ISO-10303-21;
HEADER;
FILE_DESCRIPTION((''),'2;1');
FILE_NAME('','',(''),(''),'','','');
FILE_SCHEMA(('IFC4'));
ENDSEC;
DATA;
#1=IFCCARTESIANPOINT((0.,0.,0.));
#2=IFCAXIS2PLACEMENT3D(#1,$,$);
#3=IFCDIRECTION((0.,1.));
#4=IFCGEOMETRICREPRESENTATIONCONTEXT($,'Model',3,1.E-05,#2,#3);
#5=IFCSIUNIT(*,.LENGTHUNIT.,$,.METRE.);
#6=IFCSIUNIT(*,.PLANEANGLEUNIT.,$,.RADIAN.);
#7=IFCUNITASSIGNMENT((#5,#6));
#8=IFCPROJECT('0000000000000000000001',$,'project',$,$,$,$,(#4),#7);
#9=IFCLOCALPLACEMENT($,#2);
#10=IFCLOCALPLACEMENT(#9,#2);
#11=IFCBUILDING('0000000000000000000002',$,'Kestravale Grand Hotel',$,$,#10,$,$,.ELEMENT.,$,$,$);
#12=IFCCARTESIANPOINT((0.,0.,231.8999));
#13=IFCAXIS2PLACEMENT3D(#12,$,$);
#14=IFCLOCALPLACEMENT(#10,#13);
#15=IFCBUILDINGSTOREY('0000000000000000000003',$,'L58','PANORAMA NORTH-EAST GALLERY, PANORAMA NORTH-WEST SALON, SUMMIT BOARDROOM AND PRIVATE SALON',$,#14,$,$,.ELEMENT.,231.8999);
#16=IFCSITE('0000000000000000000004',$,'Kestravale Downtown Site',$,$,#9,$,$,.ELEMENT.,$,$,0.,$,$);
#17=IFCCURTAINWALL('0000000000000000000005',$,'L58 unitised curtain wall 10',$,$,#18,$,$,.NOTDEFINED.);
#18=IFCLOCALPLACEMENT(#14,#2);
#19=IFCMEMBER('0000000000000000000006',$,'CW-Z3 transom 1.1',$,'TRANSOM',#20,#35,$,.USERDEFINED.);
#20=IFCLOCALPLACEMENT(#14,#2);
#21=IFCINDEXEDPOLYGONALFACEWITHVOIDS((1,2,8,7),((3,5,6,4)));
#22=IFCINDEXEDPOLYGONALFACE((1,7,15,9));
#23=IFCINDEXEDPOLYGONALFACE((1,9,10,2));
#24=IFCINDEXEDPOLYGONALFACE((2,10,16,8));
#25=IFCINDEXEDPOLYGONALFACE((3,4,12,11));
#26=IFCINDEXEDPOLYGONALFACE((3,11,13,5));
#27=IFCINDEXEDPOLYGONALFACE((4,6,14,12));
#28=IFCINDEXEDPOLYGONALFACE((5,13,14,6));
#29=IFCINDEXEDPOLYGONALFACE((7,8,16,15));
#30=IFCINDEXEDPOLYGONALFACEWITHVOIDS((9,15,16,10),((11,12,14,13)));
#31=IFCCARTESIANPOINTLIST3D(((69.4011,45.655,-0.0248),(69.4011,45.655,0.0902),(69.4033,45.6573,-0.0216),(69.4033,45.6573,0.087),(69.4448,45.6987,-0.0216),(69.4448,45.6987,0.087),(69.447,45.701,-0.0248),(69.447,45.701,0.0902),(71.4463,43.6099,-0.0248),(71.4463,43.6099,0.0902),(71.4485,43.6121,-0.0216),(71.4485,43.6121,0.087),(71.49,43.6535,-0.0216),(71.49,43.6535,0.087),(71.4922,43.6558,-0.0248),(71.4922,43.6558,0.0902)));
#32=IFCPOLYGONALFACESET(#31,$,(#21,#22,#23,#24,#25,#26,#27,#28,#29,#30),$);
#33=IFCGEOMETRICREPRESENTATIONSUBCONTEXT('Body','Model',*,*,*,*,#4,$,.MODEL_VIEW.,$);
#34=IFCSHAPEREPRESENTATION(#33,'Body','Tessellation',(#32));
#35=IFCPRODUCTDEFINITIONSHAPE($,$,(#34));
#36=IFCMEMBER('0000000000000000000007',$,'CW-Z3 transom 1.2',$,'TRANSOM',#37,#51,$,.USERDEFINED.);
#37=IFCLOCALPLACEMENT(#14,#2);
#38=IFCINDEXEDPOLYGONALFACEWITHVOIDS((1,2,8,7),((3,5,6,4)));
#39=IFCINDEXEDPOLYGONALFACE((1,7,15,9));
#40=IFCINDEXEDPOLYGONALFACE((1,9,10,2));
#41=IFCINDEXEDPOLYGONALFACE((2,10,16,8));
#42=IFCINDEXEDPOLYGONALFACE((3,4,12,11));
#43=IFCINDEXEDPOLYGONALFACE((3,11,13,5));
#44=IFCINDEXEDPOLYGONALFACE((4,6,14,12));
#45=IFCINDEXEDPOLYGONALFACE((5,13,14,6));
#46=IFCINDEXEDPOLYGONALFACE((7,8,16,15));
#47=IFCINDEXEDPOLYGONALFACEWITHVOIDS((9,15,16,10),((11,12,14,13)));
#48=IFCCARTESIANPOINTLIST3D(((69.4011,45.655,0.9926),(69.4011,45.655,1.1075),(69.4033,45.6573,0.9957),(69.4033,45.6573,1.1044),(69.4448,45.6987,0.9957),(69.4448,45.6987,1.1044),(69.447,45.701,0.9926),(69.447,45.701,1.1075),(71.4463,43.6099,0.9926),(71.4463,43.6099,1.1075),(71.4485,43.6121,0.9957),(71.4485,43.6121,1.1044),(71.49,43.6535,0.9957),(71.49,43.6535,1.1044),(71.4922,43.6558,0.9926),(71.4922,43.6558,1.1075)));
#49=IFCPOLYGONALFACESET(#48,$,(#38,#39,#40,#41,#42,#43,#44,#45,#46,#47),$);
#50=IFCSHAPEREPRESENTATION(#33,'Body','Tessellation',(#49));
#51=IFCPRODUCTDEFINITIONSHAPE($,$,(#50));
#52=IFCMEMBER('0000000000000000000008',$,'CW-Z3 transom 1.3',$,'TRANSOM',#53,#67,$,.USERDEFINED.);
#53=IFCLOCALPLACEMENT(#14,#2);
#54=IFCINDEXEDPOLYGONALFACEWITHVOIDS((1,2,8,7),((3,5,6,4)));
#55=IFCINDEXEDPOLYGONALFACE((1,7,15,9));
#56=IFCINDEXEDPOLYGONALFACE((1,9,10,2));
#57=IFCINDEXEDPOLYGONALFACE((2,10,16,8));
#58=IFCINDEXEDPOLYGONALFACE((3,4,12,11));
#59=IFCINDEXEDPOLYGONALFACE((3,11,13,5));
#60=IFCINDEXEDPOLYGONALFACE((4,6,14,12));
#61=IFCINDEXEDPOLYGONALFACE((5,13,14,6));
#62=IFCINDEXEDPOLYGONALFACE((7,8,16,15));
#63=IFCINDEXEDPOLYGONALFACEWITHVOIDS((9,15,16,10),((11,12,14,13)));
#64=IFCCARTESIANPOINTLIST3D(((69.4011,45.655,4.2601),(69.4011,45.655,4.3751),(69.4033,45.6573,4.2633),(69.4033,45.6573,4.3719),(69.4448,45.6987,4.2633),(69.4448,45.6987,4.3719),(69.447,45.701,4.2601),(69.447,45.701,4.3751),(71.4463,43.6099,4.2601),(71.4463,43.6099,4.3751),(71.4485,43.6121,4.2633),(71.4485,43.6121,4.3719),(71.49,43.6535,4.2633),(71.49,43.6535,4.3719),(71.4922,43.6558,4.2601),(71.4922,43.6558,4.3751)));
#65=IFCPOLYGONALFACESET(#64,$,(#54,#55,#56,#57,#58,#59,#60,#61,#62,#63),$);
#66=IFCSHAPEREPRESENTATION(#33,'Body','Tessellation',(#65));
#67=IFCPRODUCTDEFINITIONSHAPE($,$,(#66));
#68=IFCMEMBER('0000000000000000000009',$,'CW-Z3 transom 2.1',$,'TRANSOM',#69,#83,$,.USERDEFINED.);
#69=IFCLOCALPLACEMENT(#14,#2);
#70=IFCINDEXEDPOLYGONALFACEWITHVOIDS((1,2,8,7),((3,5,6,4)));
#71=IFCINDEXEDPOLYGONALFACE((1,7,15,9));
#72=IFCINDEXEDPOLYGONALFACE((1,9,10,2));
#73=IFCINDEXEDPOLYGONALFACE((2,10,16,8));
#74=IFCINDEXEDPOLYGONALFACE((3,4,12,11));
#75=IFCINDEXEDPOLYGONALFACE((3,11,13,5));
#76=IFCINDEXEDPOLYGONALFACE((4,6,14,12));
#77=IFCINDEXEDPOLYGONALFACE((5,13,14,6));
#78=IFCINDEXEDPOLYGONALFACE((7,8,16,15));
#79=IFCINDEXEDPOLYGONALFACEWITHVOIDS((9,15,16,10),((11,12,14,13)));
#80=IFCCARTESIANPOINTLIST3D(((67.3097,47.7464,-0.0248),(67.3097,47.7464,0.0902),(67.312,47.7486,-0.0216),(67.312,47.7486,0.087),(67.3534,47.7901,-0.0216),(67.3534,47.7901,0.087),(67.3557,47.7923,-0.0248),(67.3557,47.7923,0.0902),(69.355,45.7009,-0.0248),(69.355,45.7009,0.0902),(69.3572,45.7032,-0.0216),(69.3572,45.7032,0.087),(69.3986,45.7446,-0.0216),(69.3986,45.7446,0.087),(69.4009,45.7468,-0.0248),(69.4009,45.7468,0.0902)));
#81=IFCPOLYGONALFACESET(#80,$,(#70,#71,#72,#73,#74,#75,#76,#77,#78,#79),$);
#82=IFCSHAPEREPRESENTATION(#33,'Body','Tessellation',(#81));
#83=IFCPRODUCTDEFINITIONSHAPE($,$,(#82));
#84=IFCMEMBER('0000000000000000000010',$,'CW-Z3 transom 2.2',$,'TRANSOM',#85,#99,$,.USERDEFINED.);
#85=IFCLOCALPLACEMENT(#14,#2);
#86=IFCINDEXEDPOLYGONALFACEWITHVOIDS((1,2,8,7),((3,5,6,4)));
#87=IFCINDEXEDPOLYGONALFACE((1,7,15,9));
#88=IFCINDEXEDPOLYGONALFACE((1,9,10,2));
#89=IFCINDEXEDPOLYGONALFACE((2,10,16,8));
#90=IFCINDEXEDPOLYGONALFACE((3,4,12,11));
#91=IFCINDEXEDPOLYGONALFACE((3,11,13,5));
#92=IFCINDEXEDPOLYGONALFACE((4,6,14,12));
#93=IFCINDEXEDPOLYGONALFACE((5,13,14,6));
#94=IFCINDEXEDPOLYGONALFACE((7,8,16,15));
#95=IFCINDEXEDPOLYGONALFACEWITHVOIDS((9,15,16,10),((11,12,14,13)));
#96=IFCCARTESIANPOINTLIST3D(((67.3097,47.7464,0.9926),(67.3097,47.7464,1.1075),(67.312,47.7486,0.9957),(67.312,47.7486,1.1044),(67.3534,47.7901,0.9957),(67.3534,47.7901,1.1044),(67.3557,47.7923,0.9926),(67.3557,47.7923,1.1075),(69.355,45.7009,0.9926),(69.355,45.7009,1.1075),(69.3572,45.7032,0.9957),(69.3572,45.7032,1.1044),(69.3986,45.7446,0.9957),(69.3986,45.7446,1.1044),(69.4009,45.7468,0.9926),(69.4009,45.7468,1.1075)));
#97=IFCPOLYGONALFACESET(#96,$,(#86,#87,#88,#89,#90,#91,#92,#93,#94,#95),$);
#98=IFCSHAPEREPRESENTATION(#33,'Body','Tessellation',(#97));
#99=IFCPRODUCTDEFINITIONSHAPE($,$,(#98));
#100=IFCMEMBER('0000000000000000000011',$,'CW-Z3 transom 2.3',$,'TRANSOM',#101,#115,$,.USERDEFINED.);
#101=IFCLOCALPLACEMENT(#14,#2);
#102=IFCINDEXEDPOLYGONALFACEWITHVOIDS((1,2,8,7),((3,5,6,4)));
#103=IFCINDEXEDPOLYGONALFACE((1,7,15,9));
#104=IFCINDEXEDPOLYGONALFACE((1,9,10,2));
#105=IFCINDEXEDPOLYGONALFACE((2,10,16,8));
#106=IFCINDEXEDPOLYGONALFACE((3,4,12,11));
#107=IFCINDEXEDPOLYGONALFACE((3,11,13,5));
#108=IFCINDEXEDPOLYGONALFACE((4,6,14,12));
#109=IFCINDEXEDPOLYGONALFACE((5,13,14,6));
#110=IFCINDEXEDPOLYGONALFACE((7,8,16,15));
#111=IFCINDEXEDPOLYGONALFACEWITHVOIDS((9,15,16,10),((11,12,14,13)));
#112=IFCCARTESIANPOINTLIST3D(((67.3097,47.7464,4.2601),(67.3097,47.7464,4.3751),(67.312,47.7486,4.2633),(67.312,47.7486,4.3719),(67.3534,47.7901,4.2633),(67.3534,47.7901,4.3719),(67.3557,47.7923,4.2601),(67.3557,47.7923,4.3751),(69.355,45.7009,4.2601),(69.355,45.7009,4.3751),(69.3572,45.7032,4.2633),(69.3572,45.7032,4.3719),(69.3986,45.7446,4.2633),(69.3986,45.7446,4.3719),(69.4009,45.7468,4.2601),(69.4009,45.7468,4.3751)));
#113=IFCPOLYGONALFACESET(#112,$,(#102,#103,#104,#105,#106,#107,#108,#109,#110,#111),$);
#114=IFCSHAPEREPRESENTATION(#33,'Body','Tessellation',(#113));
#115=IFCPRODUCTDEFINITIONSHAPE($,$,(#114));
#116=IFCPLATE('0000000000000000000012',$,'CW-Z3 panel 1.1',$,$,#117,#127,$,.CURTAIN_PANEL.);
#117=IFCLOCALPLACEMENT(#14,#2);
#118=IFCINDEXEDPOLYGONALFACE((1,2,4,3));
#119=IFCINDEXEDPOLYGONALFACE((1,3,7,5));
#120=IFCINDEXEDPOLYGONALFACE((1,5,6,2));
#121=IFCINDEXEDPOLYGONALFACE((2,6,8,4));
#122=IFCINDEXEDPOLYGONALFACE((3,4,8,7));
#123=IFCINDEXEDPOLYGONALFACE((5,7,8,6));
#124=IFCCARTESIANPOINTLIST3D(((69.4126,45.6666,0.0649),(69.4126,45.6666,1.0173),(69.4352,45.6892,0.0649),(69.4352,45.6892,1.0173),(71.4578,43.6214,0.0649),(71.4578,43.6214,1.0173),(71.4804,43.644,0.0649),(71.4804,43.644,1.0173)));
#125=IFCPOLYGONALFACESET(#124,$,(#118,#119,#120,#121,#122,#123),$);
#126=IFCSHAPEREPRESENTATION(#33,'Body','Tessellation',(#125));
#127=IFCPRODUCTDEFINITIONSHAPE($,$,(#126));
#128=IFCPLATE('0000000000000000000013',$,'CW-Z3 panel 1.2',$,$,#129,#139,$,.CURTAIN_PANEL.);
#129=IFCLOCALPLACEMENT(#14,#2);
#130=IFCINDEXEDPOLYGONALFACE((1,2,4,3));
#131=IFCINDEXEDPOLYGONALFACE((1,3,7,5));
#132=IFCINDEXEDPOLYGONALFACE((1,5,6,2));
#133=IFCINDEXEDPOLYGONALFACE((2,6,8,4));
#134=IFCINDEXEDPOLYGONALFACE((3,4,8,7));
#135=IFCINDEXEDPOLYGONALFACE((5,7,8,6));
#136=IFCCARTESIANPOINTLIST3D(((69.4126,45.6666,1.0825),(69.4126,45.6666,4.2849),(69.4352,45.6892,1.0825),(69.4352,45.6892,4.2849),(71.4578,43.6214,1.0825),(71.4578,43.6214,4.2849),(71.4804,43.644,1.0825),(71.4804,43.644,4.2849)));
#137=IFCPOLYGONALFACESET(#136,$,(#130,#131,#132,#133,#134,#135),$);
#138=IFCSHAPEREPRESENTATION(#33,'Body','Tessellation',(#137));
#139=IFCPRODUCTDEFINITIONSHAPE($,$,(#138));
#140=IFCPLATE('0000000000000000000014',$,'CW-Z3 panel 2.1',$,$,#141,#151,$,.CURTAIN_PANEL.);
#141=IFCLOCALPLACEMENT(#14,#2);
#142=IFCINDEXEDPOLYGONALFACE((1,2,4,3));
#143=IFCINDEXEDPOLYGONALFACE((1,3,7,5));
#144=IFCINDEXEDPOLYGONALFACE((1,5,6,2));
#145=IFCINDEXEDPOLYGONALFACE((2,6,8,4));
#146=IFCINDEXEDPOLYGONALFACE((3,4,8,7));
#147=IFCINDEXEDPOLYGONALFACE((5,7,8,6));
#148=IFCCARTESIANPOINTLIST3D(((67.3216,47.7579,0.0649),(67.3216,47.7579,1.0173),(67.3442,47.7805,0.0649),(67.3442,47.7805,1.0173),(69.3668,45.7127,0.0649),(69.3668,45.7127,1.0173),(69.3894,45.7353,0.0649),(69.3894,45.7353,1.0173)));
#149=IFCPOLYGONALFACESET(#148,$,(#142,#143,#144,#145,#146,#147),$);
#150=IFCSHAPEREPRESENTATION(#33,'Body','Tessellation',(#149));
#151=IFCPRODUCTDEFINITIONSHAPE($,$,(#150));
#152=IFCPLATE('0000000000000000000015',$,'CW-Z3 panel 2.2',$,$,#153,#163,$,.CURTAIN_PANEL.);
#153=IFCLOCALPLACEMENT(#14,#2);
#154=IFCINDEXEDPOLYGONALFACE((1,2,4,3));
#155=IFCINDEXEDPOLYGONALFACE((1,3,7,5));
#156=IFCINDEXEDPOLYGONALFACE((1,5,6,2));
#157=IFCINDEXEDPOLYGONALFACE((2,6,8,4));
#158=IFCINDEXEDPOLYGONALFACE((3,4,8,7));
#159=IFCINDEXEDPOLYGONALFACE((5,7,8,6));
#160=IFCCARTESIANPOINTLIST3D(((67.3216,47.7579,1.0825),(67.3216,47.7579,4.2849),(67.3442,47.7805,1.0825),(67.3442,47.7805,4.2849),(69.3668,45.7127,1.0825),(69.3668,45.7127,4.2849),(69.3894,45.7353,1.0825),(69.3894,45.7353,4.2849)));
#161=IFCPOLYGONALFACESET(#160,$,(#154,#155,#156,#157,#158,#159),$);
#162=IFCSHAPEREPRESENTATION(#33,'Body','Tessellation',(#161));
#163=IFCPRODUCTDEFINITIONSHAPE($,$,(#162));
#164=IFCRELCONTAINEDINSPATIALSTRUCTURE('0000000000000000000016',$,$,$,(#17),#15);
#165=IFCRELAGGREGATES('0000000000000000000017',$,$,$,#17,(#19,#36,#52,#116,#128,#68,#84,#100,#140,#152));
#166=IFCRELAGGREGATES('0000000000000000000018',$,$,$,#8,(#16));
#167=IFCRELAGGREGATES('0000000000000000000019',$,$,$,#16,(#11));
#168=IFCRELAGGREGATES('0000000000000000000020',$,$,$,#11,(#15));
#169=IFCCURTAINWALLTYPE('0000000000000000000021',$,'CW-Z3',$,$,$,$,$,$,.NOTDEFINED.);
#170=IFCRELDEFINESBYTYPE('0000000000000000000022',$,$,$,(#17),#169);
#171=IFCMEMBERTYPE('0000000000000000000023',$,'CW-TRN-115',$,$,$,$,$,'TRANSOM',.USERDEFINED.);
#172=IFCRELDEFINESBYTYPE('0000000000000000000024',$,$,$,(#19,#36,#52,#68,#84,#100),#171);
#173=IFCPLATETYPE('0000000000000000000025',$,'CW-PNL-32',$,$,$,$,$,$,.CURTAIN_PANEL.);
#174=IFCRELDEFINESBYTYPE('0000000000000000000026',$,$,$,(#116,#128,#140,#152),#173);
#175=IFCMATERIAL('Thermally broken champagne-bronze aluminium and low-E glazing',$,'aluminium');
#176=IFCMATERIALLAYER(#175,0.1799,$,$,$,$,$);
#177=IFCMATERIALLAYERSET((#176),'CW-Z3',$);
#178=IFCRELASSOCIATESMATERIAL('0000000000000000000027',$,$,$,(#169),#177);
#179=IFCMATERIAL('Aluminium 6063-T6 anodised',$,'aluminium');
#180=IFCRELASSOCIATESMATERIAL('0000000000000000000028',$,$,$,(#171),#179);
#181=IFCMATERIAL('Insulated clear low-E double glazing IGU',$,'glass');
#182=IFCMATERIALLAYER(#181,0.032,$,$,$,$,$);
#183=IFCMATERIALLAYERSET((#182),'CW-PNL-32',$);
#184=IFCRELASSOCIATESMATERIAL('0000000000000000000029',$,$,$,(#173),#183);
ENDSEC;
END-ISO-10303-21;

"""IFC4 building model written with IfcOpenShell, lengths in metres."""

from ifc_helpers import new_model, si_unit, direction, frame, origin, origin_2d, place, context, subcontext, project, spatial, rectangle, hollow_rectangle, extrude, material, layer, layer_set, material_profile, profile_set, type_object, element, aggregate, save


model = new_model("IFC4")

# Units and contexts
model_context = context("Model", 3, precision=1e-05, world=origin(), true_north=direction((0.0, 1.0)))
body_context = subcontext(model_context, "Body", "Model", "MODEL_VIEW")
ifc_project = project(units=[si_unit("LENGTHUNIT", "METRE"), si_unit("PLANEANGLEUNIT", "RADIAN")], contexts=[model_context])

# Site, building, storey
site_placement = place(None, origin())
site = spatial("IfcSite", under=ifc_project, at=site_placement, Name="Kestravale Downtown Site", CompositionType="ELEMENT", RefElevation=0.0)
building_placement = place(site_placement, origin())
building = spatial("IfcBuilding", under=site, at=building_placement, Name="Kestravale Grand Hotel", CompositionType="ELEMENT")
storey_placement = place(building_placement, frame((0.0, 0.0, 231.8999)))
storey = spatial("IfcBuildingStorey", under=building, at=storey_placement, Name="L58", Description="PANORAMA NORTH-EAST GALLERY, PANORAMA NORTH-WEST SALON, SUMMIT BOARDROOM AND PRIVATE SALON", CompositionType="ELEMENT", Elevation=231.8999)

# Curtain wall, members, plates
ifc_material_1 = material(Name="Thermally broken champagne-bronze aluminium and low-E glazing", Category="aluminium")
ifc_layer_1 = layer(ifc_material_1, 0.1799)
ifc_layer_set_1 = layer_set([ifc_layer_1], Name="CW-Z3")
curtain_wall_type = type_object("IfcCurtainWallType", Name="CW-Z3", PredefinedType="NOTDEFINED", material=ifc_layer_set_1)
curtain_wall_placement = place(storey_placement, origin())
curtain_wall = element("IfcCurtainWall", 1, at=curtain_wall_placement, inside=storey, type_object=curtain_wall_type, Name="L58 unitised curtain wall 10", PredefinedType="NOTDEFINED")
ifc_material_2 = material(Name="Aluminium 6063-T6 anodised", Category="aluminium")
ifc_material_profile_1 = material_profile(ifc_material_2, hollow_rectangle(XDim=0.0649, YDim=0.115, WallThickness=0.0032, at=origin_2d()))
ifc_profile_set_1 = profile_set([ifc_material_profile_1], Name="Aluminium 6063-T6 anodised")
member_type_1 = type_object("IfcMemberType", Name="CW-TRN-115", ElementType="TRANSOM", PredefinedType="USERDEFINED", material=ifc_profile_set_1)
member_1_placement = place(storey_placement, frame((71.4692, 43.6328, 0.0327), z_axis=(-0.707107, 0.707107, 0.0), x_axis=(-0.707107, -0.707107, 0.0)))
member_1 = element("IfcMember", 2, at=member_1_placement, type_object=member_type_1, Name="CW-Z3 transom 1.1", ObjectType="TRANSOM", PredefinedType="USERDEFINED", context=body_context, shape_type="SweptSolid", body=[
    extrude(hollow_rectangle(XDim=0.0649, YDim=0.115, WallThickness=0.0032, at=origin_2d()), origin(), (0.0, 0.0, 1.0), 2.8923),
])
member_2_placement = place(storey_placement, frame((71.4692, 43.6328, 1.05), z_axis=(-0.707107, 0.707107, 0.0), x_axis=(-0.707107, -0.707107, 0.0)))
member_2 = element("IfcMember", 3, at=member_2_placement, type_object=member_type_1, Name="CW-Z3 transom 1.2", ObjectType="TRANSOM", PredefinedType="USERDEFINED", context=body_context, shape_type="SweptSolid", body=[
    extrude(hollow_rectangle(XDim=0.0649, YDim=0.115, WallThickness=0.0032, at=origin_2d()), origin(), (0.0, 0.0, 1.0), 2.8923),
])
member_3_placement = place(storey_placement, frame((71.4692, 43.6328, 4.3176), z_axis=(-0.707107, 0.707107, 0.0), x_axis=(-0.707107, -0.707107, 0.0)))
member_3 = element("IfcMember", 4, at=member_3_placement, type_object=member_type_1, Name="CW-Z3 transom 1.3", ObjectType="TRANSOM", PredefinedType="USERDEFINED", context=body_context, shape_type="SweptSolid", body=[
    extrude(hollow_rectangle(XDim=0.0649, YDim=0.115, WallThickness=0.0032, at=origin_2d()), origin(), (0.0, 0.0, 1.0), 2.8923),
])
member_4_placement = place(storey_placement, frame((69.3779, 45.7239, 0.0327), z_axis=(-0.707065, 0.707149, 0.0), x_axis=(-0.707149, -0.707065, 0.0)))
member_4 = element("IfcMember", 5, at=member_4_placement, type_object=member_type_1, Name="CW-Z3 transom 2.1", ObjectType="TRANSOM", PredefinedType="USERDEFINED", context=body_context, shape_type="SweptSolid", body=[
    extrude(hollow_rectangle(XDim=0.0649, YDim=0.115, WallThickness=0.0032, at=origin_2d()), origin(), (0.0, 0.0, 1.0), 2.8926),
])
member_5_placement = place(storey_placement, frame((69.3779, 45.7239, 1.05), z_axis=(-0.707065, 0.707149, 0.0), x_axis=(-0.707149, -0.707065, 0.0)))
member_5 = element("IfcMember", 6, at=member_5_placement, type_object=member_type_1, Name="CW-Z3 transom 2.2", ObjectType="TRANSOM", PredefinedType="USERDEFINED", context=body_context, shape_type="SweptSolid", body=[
    extrude(hollow_rectangle(XDim=0.0649, YDim=0.115, WallThickness=0.0032, at=origin_2d()), origin(), (0.0, 0.0, 1.0), 2.8926),
])
member_6_placement = place(storey_placement, frame((69.3779, 45.7239, 4.3176), z_axis=(-0.707065, 0.707149, 0.0), x_axis=(-0.707149, -0.707065, 0.0)))
member_6 = element("IfcMember", 7, at=member_6_placement, type_object=member_type_1, Name="CW-Z3 transom 2.3", ObjectType="TRANSOM", PredefinedType="USERDEFINED", context=body_context, shape_type="SweptSolid", body=[
    extrude(hollow_rectangle(XDim=0.0649, YDim=0.115, WallThickness=0.0032, at=origin_2d()), origin(), (0.0, 0.0, 1.0), 2.8926),
])
ifc_material_3 = material(Name="Insulated clear low-E double glazing IGU", Category="glass")
ifc_layer_2 = layer(ifc_material_3, 0.032)
ifc_layer_set_2 = layer_set([ifc_layer_2], Name="CW-PNL-32")
plate_type = type_object("IfcPlateType", Name="CW-PNL-32", PredefinedType="CURTAIN_PANEL", material=ifc_layer_set_2)
plate_1_placement = place(storey_placement, frame((70.4465, 44.6553, 0.0649), z_axis=(0.0, 0.0, 1.0), x_axis=(-0.707107, 0.707107, 0.0)))
plate_1 = element("IfcPlate", 8, at=plate_1_placement, type_object=plate_type, Name="CW-Z3 panel 1.1", PredefinedType="CURTAIN_PANEL", context=body_context, shape_type="SweptSolid", body=[
    extrude(rectangle(XDim=2.8923, YDim=0.032, at=origin_2d()), origin(), (0.0, 0.0, 1.0), 0.9524),
])
plate_2_placement = place(storey_placement, frame((70.4465, 44.6553, 1.0825), z_axis=(0.0, 0.0, 1.0), x_axis=(-0.707107, 0.707107, 0.0)))
plate_2 = element("IfcPlate", 9, at=plate_2_placement, type_object=plate_type, Name="CW-Z3 panel 1.2", PredefinedType="CURTAIN_PANEL", context=body_context, shape_type="SweptSolid", body=[
    extrude(rectangle(XDim=2.8923, YDim=0.032, at=origin_2d()), origin(), (0.0, 0.0, 1.0), 3.2024),
])
plate_3_placement = place(storey_placement, frame((68.3555, 46.7466, 0.0649), z_axis=(0.0, 0.0, 1.0), x_axis=(-0.707107, 0.707107, 0.0)))
plate_3 = element("IfcPlate", 10, at=plate_3_placement, type_object=plate_type, Name="CW-Z3 panel 2.1", PredefinedType="CURTAIN_PANEL", context=body_context, shape_type="SweptSolid", body=[
    extrude(rectangle(XDim=2.8923, YDim=0.032, at=origin_2d()), origin(), (0.0, 0.0, 1.0), 0.9524),
])
plate_4_placement = place(storey_placement, frame((68.3555, 46.7466, 1.0825), z_axis=(0.0, 0.0, 1.0), x_axis=(-0.707107, 0.707107, 0.0)))
plate_4 = element("IfcPlate", 11, at=plate_4_placement, type_object=plate_type, Name="CW-Z3 panel 2.2", PredefinedType="CURTAIN_PANEL", context=body_context, shape_type="SweptSolid", body=[
    extrude(rectangle(XDim=2.8923, YDim=0.032, at=origin_2d()), origin(), (0.0, 0.0, 1.0), 3.2024),
])
aggregate(curtain_wall, [member_1, member_2, member_3, plate_1, plate_2, member_4, member_5, member_6, plate_3, plate_4])

save(model, "model.ifc")
